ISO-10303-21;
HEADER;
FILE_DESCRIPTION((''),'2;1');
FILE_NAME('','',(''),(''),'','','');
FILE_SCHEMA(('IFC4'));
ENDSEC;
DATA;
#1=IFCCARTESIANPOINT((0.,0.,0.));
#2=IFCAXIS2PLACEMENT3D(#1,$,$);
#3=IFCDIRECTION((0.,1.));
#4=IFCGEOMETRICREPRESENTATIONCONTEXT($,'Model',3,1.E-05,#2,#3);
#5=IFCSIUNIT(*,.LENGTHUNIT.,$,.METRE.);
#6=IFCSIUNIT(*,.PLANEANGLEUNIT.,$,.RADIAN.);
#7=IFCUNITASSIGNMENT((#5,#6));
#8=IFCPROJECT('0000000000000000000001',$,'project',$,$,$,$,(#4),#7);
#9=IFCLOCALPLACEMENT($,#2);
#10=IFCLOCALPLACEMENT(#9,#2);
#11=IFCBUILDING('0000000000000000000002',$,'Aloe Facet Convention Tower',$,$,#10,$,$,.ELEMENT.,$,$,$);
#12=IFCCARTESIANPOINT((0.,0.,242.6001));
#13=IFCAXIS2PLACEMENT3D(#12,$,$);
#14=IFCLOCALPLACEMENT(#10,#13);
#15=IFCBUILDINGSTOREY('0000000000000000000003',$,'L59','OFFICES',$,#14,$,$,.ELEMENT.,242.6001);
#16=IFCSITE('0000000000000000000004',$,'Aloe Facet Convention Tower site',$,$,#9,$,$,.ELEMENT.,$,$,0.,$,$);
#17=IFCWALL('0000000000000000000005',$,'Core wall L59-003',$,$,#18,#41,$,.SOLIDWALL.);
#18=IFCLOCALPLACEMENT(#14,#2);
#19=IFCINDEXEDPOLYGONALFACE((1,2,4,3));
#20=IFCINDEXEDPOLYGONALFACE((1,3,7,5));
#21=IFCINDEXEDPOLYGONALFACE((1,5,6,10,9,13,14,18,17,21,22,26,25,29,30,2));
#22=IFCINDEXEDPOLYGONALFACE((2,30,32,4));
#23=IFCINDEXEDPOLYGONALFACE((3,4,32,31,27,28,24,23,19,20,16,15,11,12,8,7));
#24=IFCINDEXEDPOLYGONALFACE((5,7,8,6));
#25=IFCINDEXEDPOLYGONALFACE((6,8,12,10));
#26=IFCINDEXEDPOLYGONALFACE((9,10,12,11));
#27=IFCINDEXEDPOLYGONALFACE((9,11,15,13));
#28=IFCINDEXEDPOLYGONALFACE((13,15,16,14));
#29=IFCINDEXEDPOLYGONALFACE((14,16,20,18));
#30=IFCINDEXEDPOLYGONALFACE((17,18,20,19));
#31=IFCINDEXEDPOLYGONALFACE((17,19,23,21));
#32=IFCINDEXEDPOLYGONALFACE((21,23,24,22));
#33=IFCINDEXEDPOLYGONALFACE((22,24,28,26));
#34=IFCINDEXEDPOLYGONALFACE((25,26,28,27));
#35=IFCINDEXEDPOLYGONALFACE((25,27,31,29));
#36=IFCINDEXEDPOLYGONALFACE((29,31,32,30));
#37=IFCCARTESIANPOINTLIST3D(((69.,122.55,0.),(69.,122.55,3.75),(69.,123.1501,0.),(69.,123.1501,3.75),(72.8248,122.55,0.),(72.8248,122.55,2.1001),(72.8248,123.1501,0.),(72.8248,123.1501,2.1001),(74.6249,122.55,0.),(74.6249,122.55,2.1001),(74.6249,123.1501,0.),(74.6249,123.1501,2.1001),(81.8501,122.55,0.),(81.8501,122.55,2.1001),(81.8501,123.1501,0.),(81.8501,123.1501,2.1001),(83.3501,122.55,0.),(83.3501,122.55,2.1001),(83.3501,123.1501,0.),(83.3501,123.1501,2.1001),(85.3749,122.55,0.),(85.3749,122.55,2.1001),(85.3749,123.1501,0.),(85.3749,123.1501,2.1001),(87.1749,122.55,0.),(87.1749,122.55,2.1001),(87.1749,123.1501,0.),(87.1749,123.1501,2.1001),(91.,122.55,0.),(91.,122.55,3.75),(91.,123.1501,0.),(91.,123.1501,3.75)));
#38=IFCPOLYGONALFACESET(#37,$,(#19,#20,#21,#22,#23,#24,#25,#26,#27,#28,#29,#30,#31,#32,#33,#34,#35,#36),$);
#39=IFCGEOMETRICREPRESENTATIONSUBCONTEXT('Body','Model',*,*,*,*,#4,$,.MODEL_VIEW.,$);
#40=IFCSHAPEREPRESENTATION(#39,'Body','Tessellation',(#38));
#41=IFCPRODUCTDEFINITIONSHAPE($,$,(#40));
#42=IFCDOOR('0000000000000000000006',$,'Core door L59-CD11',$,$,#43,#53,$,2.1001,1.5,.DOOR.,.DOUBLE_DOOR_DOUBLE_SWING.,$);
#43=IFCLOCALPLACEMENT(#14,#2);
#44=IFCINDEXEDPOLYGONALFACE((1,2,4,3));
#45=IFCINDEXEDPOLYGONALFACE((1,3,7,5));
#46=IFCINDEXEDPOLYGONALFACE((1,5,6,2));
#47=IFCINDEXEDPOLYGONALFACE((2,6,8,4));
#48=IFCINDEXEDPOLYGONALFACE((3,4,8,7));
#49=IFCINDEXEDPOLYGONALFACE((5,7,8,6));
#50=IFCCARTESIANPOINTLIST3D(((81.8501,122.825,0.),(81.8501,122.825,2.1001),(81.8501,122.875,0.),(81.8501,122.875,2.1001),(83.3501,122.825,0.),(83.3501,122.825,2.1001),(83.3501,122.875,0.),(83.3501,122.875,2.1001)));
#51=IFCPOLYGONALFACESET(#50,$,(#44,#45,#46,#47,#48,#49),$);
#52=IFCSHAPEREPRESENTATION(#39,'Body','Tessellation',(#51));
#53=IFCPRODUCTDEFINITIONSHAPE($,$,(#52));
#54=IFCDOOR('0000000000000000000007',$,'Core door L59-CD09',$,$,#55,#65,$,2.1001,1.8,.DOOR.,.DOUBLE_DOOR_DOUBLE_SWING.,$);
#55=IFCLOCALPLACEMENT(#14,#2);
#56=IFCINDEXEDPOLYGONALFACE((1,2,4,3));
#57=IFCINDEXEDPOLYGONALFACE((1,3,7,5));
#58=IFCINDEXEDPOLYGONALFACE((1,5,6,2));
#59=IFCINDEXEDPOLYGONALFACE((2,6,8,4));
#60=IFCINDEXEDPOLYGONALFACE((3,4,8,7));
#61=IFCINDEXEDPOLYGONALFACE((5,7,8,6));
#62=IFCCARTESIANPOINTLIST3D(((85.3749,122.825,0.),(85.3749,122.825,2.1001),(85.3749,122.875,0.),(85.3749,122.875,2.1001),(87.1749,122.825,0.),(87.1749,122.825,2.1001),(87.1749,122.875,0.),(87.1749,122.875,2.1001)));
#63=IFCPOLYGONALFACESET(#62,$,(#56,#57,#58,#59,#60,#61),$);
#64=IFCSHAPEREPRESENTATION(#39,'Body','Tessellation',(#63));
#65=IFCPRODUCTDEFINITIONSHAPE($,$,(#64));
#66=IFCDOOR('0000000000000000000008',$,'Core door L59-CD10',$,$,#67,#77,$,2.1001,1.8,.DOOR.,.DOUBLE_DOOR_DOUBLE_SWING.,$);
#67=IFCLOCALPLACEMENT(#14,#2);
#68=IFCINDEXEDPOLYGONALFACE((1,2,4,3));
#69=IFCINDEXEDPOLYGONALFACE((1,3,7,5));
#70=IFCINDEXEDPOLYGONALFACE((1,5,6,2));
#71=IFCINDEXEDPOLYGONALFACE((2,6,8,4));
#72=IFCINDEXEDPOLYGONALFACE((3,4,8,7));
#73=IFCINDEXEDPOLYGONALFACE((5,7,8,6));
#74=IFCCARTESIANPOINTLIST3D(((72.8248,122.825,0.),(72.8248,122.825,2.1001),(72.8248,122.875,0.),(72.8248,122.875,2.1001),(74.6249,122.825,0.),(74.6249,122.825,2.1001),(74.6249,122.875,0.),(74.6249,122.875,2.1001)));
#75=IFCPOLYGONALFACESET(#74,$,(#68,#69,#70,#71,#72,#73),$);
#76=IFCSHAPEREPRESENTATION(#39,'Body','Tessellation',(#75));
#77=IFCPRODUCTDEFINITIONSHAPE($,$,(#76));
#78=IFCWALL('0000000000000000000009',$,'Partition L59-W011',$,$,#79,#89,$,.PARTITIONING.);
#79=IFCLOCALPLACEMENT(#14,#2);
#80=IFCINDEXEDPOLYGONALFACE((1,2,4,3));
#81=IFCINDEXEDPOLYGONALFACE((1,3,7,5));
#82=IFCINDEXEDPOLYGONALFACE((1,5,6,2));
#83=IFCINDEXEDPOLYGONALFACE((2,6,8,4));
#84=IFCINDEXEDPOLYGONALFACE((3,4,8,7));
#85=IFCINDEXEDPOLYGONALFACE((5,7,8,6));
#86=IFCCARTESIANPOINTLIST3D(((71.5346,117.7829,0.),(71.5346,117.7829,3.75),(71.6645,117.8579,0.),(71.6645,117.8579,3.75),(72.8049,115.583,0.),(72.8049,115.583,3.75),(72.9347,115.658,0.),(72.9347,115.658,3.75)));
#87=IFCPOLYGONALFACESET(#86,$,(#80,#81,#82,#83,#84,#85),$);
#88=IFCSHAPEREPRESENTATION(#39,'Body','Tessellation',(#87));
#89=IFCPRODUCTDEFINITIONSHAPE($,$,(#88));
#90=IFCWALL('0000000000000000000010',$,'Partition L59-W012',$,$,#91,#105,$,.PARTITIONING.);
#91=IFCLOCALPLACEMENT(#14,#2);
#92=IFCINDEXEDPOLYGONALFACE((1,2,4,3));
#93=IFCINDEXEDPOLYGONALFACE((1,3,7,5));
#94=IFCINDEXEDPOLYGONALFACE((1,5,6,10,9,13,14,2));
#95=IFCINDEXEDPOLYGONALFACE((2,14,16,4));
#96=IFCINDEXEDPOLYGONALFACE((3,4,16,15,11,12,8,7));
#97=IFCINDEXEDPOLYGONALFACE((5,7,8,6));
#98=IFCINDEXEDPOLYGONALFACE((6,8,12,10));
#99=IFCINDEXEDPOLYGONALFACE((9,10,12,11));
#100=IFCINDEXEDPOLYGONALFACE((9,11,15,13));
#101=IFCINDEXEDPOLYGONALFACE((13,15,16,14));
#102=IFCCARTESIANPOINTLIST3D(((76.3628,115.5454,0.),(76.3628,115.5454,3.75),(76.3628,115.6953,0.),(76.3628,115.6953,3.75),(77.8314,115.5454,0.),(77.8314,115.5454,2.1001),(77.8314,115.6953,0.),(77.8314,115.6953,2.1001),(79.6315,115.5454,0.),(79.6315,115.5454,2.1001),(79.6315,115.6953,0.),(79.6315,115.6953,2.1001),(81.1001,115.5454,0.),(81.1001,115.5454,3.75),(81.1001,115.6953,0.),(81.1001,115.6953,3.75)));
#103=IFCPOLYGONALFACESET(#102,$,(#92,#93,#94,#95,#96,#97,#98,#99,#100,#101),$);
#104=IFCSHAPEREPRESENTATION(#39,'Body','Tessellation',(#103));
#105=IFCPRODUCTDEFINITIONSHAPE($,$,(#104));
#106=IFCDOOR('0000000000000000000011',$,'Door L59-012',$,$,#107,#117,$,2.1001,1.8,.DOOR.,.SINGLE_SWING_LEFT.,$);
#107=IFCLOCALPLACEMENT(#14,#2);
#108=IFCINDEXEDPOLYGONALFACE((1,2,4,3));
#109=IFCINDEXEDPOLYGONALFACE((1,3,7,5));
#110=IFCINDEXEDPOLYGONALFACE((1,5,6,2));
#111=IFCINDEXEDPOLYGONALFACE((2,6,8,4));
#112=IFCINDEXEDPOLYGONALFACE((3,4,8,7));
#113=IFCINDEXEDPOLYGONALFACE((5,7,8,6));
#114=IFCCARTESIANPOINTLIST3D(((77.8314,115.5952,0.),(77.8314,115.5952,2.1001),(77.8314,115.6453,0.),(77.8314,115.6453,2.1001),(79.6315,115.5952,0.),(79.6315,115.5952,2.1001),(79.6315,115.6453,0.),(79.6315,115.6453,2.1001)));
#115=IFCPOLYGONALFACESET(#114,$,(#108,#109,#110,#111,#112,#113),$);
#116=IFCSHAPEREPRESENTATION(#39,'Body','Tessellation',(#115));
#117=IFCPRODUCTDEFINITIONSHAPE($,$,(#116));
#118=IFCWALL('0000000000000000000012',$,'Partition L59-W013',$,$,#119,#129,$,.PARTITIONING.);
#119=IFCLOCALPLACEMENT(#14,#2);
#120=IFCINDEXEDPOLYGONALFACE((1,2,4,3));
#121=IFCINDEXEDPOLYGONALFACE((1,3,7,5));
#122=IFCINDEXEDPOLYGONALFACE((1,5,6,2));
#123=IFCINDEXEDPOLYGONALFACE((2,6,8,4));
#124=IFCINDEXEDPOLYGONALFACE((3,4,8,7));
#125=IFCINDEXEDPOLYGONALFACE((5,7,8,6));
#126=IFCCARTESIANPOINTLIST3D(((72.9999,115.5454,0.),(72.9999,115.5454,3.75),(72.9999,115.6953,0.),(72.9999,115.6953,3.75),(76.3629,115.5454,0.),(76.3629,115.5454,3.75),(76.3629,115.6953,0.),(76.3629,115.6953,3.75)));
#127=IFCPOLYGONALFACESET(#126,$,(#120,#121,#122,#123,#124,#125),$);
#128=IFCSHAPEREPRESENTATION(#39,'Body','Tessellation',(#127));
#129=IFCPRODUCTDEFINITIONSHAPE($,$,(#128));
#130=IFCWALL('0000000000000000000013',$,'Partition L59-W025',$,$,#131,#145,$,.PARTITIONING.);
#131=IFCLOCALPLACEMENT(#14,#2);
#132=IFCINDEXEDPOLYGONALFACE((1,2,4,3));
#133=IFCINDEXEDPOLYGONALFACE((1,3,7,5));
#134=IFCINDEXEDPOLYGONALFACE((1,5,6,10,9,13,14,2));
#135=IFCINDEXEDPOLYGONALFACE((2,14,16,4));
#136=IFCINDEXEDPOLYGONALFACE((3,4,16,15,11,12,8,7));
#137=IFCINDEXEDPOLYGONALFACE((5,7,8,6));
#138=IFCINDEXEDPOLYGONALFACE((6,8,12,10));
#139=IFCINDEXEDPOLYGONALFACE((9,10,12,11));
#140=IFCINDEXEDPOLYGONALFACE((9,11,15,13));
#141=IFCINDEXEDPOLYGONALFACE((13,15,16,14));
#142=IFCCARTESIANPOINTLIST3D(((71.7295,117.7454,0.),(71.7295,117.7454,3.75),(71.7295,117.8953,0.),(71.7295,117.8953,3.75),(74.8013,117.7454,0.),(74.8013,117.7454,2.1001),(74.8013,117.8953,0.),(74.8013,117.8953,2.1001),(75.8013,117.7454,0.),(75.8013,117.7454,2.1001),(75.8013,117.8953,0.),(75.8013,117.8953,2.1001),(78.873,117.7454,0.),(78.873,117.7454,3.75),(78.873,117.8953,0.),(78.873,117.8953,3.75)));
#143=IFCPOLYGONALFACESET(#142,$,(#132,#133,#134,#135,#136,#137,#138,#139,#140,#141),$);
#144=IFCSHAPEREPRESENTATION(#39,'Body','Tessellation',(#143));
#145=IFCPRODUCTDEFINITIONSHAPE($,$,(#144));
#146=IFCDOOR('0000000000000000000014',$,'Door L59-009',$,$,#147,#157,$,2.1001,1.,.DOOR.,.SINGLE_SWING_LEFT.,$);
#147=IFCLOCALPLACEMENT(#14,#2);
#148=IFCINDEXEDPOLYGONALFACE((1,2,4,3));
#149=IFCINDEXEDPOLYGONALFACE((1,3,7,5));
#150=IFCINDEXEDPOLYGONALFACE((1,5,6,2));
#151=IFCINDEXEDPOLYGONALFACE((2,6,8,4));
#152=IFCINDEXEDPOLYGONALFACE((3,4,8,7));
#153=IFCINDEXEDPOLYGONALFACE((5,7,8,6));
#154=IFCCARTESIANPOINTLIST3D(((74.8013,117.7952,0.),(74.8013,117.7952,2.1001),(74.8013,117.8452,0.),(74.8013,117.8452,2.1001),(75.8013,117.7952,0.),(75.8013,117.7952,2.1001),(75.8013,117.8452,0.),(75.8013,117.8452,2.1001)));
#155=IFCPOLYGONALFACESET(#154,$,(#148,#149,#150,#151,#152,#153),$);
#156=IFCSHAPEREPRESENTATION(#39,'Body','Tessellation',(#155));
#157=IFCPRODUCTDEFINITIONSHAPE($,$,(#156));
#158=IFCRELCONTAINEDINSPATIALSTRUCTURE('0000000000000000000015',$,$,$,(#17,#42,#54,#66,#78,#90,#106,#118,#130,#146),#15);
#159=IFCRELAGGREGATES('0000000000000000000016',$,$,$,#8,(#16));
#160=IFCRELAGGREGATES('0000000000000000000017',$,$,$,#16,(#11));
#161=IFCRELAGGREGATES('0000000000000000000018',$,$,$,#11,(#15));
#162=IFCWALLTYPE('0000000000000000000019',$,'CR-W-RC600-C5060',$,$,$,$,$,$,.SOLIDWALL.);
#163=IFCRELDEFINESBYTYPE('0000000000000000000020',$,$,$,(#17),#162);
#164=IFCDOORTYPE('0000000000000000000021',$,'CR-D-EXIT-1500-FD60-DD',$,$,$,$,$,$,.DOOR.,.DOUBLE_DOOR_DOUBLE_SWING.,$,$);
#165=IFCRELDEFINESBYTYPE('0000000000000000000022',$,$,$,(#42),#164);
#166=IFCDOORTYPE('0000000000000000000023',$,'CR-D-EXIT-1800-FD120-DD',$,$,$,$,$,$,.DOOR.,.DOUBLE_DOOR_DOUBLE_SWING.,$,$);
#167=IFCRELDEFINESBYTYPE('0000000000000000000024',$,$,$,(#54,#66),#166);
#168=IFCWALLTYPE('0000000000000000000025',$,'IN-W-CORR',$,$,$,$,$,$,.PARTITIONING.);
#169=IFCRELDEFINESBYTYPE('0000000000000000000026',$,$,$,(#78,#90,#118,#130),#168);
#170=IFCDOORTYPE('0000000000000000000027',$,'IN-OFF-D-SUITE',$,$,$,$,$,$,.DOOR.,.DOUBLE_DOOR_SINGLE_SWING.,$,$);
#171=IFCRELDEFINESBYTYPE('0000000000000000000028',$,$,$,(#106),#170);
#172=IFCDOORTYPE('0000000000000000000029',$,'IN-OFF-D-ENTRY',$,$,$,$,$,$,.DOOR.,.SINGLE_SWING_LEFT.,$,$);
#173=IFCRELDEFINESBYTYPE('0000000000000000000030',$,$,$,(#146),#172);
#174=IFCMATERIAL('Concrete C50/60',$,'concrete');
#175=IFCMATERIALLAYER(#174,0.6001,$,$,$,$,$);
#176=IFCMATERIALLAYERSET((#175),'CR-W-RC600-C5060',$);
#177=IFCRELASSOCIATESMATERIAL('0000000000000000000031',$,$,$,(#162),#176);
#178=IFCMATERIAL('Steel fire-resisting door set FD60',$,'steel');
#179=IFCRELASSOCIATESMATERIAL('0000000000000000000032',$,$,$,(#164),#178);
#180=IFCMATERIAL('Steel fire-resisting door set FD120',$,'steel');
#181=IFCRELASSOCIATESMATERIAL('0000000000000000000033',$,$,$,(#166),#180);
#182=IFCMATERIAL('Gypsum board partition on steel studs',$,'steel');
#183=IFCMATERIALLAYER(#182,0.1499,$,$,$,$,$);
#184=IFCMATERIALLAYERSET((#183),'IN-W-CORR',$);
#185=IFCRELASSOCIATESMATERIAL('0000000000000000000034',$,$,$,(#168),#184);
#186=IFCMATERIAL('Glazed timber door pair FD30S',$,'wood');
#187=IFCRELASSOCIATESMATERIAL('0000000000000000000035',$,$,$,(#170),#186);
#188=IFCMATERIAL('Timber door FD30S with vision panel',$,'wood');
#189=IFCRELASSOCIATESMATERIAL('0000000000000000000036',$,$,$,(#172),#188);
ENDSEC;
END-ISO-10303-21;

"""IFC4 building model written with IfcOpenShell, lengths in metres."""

from ifc_helpers import new_model, si_unit, direction, frame, frame_2d, origin, place, context, subcontext, project, spatial, rectangle, extrude, material, layer, layer_set, type_object, element, fill, save


model = new_model("IFC4")

# Units and contexts
model_context = context("Model", 3, precision=1e-05, world=origin(), true_north=direction((0.0, 1.0)))
body_context = subcontext(model_context, "Body", "Model", "MODEL_VIEW")
ifc_project = project(units=[si_unit("LENGTHUNIT", "METRE"), si_unit("PLANEANGLEUNIT", "RADIAN")], contexts=[model_context])

# Site, building, storey
site_placement = place(None, origin())
site = spatial("IfcSite", under=ifc_project, at=site_placement, Name="Aloe Facet Convention Tower site", CompositionType="ELEMENT", RefElevation=0.0)
building_placement = place(site_placement, origin())
building = spatial("IfcBuilding", under=site, at=building_placement, Name="Aloe Facet Convention Tower", CompositionType="ELEMENT")
storey_placement = place(building_placement, frame((0.0, 0.0, 242.6001)))
storey = spatial("IfcBuildingStorey", under=building, at=storey_placement, Name="L59", Description="OFFICES", CompositionType="ELEMENT", Elevation=242.6001)

# Wall, openings, doors
ifc_material_1 = material(Name="Concrete C50/60", Category="concrete")
ifc_layer_1 = layer(ifc_material_1, 0.6001)
ifc_layer_set_1 = layer_set([ifc_layer_1], Name="CR-W-RC600-C5060")
wall_type_1 = type_object("IfcWallType", Name="CR-W-RC600-C5060", PredefinedType="SOLIDWALL", material=ifc_layer_set_1)
wall_1_placement = place(storey_placement, frame((69.0, 122.8501, 0.0), z_axis=(0.0, 0.0, 1.0), x_axis=(1.0, 0.0, 0.0)))
wall_1 = element("IfcWall", 1, at=wall_1_placement, inside=storey, type_object=wall_type_1, Name="Core wall L59-003", PredefinedType="SOLIDWALL", context=body_context, shape_type="SweptSolid", body=[
    extrude(rectangle(XDim=22.0, YDim=0.6001, at=frame_2d((11.0, 0.0))), origin(), (0.0, 0.0, 1.0), 3.75),
])
opening_1_placement = place(wall_1_placement, frame((16.375, 0.0, 0.0)))
opening_1 = element("IfcOpeningElement", 2, at=opening_1_placement, cuts=wall_1, PredefinedType="OPENING", context=body_context, shape_type="SweptSolid", body=[
    extrude(rectangle(XDim=1.8, YDim=2.1001, at=frame_2d((0.8999, 1.05))), frame((0.0, 0.3101, 0.0), z_axis=(0.0, -1.0, 0.0), x_axis=(1.0, 0.0, 0.0)), (0.0, 0.0, 1.0), 0.6201),
])
opening_2_placement = place(wall_1_placement, frame((3.825, 0.0, 0.0)))
opening_2 = element("IfcOpeningElement", 3, at=opening_2_placement, cuts=wall_1, PredefinedType="OPENING", context=body_context, shape_type="SweptSolid", body=[
    extrude(rectangle(XDim=1.8, YDim=2.1001, at=frame_2d((0.8999, 1.05))), frame((0.0, 0.3101, 0.0), z_axis=(0.0, -1.0, 0.0), x_axis=(1.0, 0.0, 0.0)), (0.0, 0.0, 1.0), 0.6201),
])
opening_3_placement = place(wall_1_placement, frame((12.8501, 0.0, 0.0)))
opening_3 = element("IfcOpeningElement", 4, at=opening_3_placement, cuts=wall_1, PredefinedType="OPENING", context=body_context, shape_type="SweptSolid", body=[
    extrude(rectangle(XDim=1.5, YDim=2.1001, at=frame_2d((0.75, 1.05))), frame((0.0, 0.3101, 0.0), z_axis=(0.0, -1.0, 0.0), x_axis=(1.0, 0.0, 0.0)), (0.0, 0.0, 1.0), 0.6201),
])
ifc_material_2 = material(Name="Steel fire-resisting door set FD60", Category="steel")
door_type_1 = type_object("IfcDoorType", Name="CR-D-EXIT-1500-FD60-DD", OperationType="DOUBLE_DOOR_DOUBLE_SWING", PredefinedType="DOOR", material=ifc_material_2)
door_1_placement = place(opening_3_placement, origin())
door_1 = element("IfcDoor", 5, at=door_1_placement, inside=storey, type_object=door_type_1, Name="Core door L59-CD11", OperationType="DOUBLE_DOOR_DOUBLE_SWING", OverallHeight=2.1001, OverallWidth=1.5, PredefinedType="DOOR", context=body_context, shape_type="SweptSolid", body=[
    extrude(rectangle(XDim=1.5, YDim=2.1001, at=frame_2d((0.75, 1.05))), frame((0.0, 0.0249, 0.0), z_axis=(0.0, -1.0, 0.0), x_axis=(1.0, 0.0, 0.0)), (0.0, 0.0, 1.0), 0.05),
])
fill(opening_3, door_1)
ifc_material_3 = material(Name="Steel fire-resisting door set FD120", Category="steel")
door_type_2 = type_object("IfcDoorType", Name="CR-D-EXIT-1800-FD120-DD", OperationType="DOUBLE_DOOR_DOUBLE_SWING", PredefinedType="DOOR", material=ifc_material_3)
door_2_placement = place(opening_1_placement, origin())
door_2 = element("IfcDoor", 6, at=door_2_placement, inside=storey, type_object=door_type_2, Name="Core door L59-CD09", OperationType="DOUBLE_DOOR_DOUBLE_SWING", OverallHeight=2.1001, OverallWidth=1.8, PredefinedType="DOOR", context=body_context, shape_type="SweptSolid", body=[
    extrude(rectangle(XDim=1.8, YDim=2.1001, at=frame_2d((0.8999, 1.05))), frame((0.0, 0.0249, 0.0), z_axis=(0.0, -1.0, 0.0), x_axis=(1.0, 0.0, 0.0)), (0.0, 0.0, 1.0), 0.05),
])
fill(opening_1, door_2)
door_3_placement = place(opening_2_placement, origin())
door_3 = element("IfcDoor", 7, at=door_3_placement, inside=storey, type_object=door_type_2, Name="Core door L59-CD10", OperationType="DOUBLE_DOOR_DOUBLE_SWING", OverallHeight=2.1001, OverallWidth=1.8, PredefinedType="DOOR", context=body_context, shape_type="SweptSolid", body=[
    extrude(rectangle(XDim=1.8, YDim=2.1001, at=frame_2d((0.8999, 1.05))), frame((0.0, 0.0249, 0.0), z_axis=(0.0, -1.0, 0.0), x_axis=(1.0, 0.0, 0.0)), (0.0, 0.0, 1.0), 0.05),
])
fill(opening_2, door_3)

# Wall
ifc_material_4 = material(Name="Gypsum board partition on steel studs", Category="steel")
ifc_layer_2 = layer(ifc_material_4, 0.1499)
ifc_layer_set_2 = layer_set([ifc_layer_2], Name="IN-W-CORR")
wall_type_2 = type_object("IfcWallType", Name="IN-W-CORR", PredefinedType="PARTITIONING", material=ifc_layer_set_2)
wall_2_placement = place(storey_placement, frame((71.5996, 117.8203, 0.0), z_axis=(0.0, 0.0, 1.0), x_axis=(0.500036, -0.866005, 0.0)))
element("IfcWall", 8, at=wall_2_placement, inside=storey, type_object=wall_type_2, Name="Partition L59-W011", PredefinedType="PARTITIONING", context=body_context, shape_type="SweptSolid", body=[
    extrude(rectangle(XDim=2.5403, YDim=0.1499, at=frame_2d((1.27, 0.0))), origin(), (0.0, 0.0, 1.0), 3.75),
])

# Wall, opening, door
wall_3_placement = place(storey_placement, frame((76.3628, 115.6204, 0.0), z_axis=(0.0, 0.0, 1.0), x_axis=(1.0, 0.0, 0.0)))
wall_3 = element("IfcWall", 9, at=wall_3_placement, inside=storey, type_object=wall_type_2, Name="Partition L59-W012", PredefinedType="PARTITIONING", context=body_context, shape_type="SweptSolid", body=[
    extrude(rectangle(XDim=4.7373, YDim=0.1499, at=frame_2d((2.3687, 0.0))), origin(), (0.0, 0.0, 1.0), 3.75),
])
opening_4_placement = place(wall_3_placement, frame((1.4688, 0.0, 0.0)))
opening_4 = element("IfcOpeningElement", 10, at=opening_4_placement, cuts=wall_3, PredefinedType="OPENING", context=body_context, shape_type="SweptSolid", body=[
    extrude(rectangle(XDim=1.8, YDim=2.1001, at=frame_2d((0.8999, 1.05))), frame((0.0, 0.085, 0.0), z_axis=(0.0, -1.0, 0.0), x_axis=(1.0, 0.0, 0.0)), (0.0, 0.0, 1.0), 0.1699),
])
ifc_material_5 = material(Name="Glazed timber door pair FD30S", Category="wood")
door_type_3 = type_object("IfcDoorType", Name="IN-OFF-D-SUITE", OperationType="DOUBLE_DOOR_SINGLE_SWING", PredefinedType="DOOR", material=ifc_material_5)
door_4_placement = place(opening_4_placement, origin())
door_4 = element("IfcDoor", 11, at=door_4_placement, inside=storey, type_object=door_type_3, Name="Door L59-012", OperationType="SINGLE_SWING_LEFT", OverallHeight=2.1001, OverallWidth=1.8, PredefinedType="DOOR", context=body_context, shape_type="SweptSolid", body=[
    extrude(rectangle(XDim=1.8, YDim=2.1001, at=frame_2d((0.8999, 1.05))), frame((0.0, 0.0249, 0.0), z_axis=(0.0, -1.0, 0.0), x_axis=(1.0, 0.0, 0.0)), (0.0, 0.0, 1.0), 0.05),
])
fill(opening_4, door_4)

# Wall
wall_4_placement = place(storey_placement, frame((72.9998, 115.6204, 0.0), z_axis=(0.0, 0.0, 1.0), x_axis=(1.0, 0.0, 0.0)))
element("IfcWall", 12, at=wall_4_placement, inside=storey, type_object=wall_type_2, Name="Partition L59-W013", PredefinedType="PARTITIONING", context=body_context, shape_type="SweptSolid", body=[
    extrude(rectangle(XDim=3.363, YDim=0.1499, at=frame_2d((1.6816, 0.0))), origin(), (0.0, 0.0, 1.0), 3.75),
])

# Wall, opening, door
wall_5_placement = place(storey_placement, frame((71.7295, 117.8203, 0.0), z_axis=(0.0, 0.0, 1.0), x_axis=(1.0, 0.0, 0.0)))
wall_5 = element("IfcWall", 13, at=wall_5_placement, inside=storey, type_object=wall_type_2, Name="Partition L59-W025", PredefinedType="PARTITIONING", context=body_context, shape_type="SweptSolid", body=[
    extrude(rectangle(XDim=7.1436, YDim=0.1499, at=frame_2d((3.5718, 0.0))), origin(), (0.0, 0.0, 1.0), 3.75),
])
opening_5_placement = place(wall_5_placement, frame((3.0718, 0.0, 0.0)))
opening_5 = element("IfcOpeningElement", 14, at=opening_5_placement, cuts=wall_5, PredefinedType="OPENING", context=body_context, shape_type="SweptSolid", body=[
    extrude(rectangle(XDim=1.0, YDim=2.1001, at=frame_2d((0.5, 1.05))), frame((0.0, 0.085, 0.0), z_axis=(0.0, -1.0, 0.0), x_axis=(1.0, 0.0, 0.0)), (0.0, 0.0, 1.0), 0.1699),
])
ifc_material_6 = material(Name="Timber door FD30S with vision panel", Category="wood")
door_type_4 = type_object("IfcDoorType", Name="IN-OFF-D-ENTRY", OperationType="SINGLE_SWING_LEFT", PredefinedType="DOOR", material=ifc_material_6)
door_5_placement = place(opening_5_placement, origin())
door_5 = element("IfcDoor", 15, at=door_5_placement, inside=storey, type_object=door_type_4, Name="Door L59-009", OperationType="SINGLE_SWING_LEFT", OverallHeight=2.1001, OverallWidth=1.0, PredefinedType="DOOR", context=body_context, shape_type="SweptSolid", body=[
    extrude(rectangle(XDim=1.0, YDim=2.1001, at=frame_2d((0.5, 1.05))), frame((0.0, 0.0249, 0.0), z_axis=(0.0, -1.0, 0.0), x_axis=(1.0, 0.0, 0.0)), (0.0, 0.0, 1.0), 0.05),
])
fill(opening_5, door_5)

save(model, "model.ifc")
